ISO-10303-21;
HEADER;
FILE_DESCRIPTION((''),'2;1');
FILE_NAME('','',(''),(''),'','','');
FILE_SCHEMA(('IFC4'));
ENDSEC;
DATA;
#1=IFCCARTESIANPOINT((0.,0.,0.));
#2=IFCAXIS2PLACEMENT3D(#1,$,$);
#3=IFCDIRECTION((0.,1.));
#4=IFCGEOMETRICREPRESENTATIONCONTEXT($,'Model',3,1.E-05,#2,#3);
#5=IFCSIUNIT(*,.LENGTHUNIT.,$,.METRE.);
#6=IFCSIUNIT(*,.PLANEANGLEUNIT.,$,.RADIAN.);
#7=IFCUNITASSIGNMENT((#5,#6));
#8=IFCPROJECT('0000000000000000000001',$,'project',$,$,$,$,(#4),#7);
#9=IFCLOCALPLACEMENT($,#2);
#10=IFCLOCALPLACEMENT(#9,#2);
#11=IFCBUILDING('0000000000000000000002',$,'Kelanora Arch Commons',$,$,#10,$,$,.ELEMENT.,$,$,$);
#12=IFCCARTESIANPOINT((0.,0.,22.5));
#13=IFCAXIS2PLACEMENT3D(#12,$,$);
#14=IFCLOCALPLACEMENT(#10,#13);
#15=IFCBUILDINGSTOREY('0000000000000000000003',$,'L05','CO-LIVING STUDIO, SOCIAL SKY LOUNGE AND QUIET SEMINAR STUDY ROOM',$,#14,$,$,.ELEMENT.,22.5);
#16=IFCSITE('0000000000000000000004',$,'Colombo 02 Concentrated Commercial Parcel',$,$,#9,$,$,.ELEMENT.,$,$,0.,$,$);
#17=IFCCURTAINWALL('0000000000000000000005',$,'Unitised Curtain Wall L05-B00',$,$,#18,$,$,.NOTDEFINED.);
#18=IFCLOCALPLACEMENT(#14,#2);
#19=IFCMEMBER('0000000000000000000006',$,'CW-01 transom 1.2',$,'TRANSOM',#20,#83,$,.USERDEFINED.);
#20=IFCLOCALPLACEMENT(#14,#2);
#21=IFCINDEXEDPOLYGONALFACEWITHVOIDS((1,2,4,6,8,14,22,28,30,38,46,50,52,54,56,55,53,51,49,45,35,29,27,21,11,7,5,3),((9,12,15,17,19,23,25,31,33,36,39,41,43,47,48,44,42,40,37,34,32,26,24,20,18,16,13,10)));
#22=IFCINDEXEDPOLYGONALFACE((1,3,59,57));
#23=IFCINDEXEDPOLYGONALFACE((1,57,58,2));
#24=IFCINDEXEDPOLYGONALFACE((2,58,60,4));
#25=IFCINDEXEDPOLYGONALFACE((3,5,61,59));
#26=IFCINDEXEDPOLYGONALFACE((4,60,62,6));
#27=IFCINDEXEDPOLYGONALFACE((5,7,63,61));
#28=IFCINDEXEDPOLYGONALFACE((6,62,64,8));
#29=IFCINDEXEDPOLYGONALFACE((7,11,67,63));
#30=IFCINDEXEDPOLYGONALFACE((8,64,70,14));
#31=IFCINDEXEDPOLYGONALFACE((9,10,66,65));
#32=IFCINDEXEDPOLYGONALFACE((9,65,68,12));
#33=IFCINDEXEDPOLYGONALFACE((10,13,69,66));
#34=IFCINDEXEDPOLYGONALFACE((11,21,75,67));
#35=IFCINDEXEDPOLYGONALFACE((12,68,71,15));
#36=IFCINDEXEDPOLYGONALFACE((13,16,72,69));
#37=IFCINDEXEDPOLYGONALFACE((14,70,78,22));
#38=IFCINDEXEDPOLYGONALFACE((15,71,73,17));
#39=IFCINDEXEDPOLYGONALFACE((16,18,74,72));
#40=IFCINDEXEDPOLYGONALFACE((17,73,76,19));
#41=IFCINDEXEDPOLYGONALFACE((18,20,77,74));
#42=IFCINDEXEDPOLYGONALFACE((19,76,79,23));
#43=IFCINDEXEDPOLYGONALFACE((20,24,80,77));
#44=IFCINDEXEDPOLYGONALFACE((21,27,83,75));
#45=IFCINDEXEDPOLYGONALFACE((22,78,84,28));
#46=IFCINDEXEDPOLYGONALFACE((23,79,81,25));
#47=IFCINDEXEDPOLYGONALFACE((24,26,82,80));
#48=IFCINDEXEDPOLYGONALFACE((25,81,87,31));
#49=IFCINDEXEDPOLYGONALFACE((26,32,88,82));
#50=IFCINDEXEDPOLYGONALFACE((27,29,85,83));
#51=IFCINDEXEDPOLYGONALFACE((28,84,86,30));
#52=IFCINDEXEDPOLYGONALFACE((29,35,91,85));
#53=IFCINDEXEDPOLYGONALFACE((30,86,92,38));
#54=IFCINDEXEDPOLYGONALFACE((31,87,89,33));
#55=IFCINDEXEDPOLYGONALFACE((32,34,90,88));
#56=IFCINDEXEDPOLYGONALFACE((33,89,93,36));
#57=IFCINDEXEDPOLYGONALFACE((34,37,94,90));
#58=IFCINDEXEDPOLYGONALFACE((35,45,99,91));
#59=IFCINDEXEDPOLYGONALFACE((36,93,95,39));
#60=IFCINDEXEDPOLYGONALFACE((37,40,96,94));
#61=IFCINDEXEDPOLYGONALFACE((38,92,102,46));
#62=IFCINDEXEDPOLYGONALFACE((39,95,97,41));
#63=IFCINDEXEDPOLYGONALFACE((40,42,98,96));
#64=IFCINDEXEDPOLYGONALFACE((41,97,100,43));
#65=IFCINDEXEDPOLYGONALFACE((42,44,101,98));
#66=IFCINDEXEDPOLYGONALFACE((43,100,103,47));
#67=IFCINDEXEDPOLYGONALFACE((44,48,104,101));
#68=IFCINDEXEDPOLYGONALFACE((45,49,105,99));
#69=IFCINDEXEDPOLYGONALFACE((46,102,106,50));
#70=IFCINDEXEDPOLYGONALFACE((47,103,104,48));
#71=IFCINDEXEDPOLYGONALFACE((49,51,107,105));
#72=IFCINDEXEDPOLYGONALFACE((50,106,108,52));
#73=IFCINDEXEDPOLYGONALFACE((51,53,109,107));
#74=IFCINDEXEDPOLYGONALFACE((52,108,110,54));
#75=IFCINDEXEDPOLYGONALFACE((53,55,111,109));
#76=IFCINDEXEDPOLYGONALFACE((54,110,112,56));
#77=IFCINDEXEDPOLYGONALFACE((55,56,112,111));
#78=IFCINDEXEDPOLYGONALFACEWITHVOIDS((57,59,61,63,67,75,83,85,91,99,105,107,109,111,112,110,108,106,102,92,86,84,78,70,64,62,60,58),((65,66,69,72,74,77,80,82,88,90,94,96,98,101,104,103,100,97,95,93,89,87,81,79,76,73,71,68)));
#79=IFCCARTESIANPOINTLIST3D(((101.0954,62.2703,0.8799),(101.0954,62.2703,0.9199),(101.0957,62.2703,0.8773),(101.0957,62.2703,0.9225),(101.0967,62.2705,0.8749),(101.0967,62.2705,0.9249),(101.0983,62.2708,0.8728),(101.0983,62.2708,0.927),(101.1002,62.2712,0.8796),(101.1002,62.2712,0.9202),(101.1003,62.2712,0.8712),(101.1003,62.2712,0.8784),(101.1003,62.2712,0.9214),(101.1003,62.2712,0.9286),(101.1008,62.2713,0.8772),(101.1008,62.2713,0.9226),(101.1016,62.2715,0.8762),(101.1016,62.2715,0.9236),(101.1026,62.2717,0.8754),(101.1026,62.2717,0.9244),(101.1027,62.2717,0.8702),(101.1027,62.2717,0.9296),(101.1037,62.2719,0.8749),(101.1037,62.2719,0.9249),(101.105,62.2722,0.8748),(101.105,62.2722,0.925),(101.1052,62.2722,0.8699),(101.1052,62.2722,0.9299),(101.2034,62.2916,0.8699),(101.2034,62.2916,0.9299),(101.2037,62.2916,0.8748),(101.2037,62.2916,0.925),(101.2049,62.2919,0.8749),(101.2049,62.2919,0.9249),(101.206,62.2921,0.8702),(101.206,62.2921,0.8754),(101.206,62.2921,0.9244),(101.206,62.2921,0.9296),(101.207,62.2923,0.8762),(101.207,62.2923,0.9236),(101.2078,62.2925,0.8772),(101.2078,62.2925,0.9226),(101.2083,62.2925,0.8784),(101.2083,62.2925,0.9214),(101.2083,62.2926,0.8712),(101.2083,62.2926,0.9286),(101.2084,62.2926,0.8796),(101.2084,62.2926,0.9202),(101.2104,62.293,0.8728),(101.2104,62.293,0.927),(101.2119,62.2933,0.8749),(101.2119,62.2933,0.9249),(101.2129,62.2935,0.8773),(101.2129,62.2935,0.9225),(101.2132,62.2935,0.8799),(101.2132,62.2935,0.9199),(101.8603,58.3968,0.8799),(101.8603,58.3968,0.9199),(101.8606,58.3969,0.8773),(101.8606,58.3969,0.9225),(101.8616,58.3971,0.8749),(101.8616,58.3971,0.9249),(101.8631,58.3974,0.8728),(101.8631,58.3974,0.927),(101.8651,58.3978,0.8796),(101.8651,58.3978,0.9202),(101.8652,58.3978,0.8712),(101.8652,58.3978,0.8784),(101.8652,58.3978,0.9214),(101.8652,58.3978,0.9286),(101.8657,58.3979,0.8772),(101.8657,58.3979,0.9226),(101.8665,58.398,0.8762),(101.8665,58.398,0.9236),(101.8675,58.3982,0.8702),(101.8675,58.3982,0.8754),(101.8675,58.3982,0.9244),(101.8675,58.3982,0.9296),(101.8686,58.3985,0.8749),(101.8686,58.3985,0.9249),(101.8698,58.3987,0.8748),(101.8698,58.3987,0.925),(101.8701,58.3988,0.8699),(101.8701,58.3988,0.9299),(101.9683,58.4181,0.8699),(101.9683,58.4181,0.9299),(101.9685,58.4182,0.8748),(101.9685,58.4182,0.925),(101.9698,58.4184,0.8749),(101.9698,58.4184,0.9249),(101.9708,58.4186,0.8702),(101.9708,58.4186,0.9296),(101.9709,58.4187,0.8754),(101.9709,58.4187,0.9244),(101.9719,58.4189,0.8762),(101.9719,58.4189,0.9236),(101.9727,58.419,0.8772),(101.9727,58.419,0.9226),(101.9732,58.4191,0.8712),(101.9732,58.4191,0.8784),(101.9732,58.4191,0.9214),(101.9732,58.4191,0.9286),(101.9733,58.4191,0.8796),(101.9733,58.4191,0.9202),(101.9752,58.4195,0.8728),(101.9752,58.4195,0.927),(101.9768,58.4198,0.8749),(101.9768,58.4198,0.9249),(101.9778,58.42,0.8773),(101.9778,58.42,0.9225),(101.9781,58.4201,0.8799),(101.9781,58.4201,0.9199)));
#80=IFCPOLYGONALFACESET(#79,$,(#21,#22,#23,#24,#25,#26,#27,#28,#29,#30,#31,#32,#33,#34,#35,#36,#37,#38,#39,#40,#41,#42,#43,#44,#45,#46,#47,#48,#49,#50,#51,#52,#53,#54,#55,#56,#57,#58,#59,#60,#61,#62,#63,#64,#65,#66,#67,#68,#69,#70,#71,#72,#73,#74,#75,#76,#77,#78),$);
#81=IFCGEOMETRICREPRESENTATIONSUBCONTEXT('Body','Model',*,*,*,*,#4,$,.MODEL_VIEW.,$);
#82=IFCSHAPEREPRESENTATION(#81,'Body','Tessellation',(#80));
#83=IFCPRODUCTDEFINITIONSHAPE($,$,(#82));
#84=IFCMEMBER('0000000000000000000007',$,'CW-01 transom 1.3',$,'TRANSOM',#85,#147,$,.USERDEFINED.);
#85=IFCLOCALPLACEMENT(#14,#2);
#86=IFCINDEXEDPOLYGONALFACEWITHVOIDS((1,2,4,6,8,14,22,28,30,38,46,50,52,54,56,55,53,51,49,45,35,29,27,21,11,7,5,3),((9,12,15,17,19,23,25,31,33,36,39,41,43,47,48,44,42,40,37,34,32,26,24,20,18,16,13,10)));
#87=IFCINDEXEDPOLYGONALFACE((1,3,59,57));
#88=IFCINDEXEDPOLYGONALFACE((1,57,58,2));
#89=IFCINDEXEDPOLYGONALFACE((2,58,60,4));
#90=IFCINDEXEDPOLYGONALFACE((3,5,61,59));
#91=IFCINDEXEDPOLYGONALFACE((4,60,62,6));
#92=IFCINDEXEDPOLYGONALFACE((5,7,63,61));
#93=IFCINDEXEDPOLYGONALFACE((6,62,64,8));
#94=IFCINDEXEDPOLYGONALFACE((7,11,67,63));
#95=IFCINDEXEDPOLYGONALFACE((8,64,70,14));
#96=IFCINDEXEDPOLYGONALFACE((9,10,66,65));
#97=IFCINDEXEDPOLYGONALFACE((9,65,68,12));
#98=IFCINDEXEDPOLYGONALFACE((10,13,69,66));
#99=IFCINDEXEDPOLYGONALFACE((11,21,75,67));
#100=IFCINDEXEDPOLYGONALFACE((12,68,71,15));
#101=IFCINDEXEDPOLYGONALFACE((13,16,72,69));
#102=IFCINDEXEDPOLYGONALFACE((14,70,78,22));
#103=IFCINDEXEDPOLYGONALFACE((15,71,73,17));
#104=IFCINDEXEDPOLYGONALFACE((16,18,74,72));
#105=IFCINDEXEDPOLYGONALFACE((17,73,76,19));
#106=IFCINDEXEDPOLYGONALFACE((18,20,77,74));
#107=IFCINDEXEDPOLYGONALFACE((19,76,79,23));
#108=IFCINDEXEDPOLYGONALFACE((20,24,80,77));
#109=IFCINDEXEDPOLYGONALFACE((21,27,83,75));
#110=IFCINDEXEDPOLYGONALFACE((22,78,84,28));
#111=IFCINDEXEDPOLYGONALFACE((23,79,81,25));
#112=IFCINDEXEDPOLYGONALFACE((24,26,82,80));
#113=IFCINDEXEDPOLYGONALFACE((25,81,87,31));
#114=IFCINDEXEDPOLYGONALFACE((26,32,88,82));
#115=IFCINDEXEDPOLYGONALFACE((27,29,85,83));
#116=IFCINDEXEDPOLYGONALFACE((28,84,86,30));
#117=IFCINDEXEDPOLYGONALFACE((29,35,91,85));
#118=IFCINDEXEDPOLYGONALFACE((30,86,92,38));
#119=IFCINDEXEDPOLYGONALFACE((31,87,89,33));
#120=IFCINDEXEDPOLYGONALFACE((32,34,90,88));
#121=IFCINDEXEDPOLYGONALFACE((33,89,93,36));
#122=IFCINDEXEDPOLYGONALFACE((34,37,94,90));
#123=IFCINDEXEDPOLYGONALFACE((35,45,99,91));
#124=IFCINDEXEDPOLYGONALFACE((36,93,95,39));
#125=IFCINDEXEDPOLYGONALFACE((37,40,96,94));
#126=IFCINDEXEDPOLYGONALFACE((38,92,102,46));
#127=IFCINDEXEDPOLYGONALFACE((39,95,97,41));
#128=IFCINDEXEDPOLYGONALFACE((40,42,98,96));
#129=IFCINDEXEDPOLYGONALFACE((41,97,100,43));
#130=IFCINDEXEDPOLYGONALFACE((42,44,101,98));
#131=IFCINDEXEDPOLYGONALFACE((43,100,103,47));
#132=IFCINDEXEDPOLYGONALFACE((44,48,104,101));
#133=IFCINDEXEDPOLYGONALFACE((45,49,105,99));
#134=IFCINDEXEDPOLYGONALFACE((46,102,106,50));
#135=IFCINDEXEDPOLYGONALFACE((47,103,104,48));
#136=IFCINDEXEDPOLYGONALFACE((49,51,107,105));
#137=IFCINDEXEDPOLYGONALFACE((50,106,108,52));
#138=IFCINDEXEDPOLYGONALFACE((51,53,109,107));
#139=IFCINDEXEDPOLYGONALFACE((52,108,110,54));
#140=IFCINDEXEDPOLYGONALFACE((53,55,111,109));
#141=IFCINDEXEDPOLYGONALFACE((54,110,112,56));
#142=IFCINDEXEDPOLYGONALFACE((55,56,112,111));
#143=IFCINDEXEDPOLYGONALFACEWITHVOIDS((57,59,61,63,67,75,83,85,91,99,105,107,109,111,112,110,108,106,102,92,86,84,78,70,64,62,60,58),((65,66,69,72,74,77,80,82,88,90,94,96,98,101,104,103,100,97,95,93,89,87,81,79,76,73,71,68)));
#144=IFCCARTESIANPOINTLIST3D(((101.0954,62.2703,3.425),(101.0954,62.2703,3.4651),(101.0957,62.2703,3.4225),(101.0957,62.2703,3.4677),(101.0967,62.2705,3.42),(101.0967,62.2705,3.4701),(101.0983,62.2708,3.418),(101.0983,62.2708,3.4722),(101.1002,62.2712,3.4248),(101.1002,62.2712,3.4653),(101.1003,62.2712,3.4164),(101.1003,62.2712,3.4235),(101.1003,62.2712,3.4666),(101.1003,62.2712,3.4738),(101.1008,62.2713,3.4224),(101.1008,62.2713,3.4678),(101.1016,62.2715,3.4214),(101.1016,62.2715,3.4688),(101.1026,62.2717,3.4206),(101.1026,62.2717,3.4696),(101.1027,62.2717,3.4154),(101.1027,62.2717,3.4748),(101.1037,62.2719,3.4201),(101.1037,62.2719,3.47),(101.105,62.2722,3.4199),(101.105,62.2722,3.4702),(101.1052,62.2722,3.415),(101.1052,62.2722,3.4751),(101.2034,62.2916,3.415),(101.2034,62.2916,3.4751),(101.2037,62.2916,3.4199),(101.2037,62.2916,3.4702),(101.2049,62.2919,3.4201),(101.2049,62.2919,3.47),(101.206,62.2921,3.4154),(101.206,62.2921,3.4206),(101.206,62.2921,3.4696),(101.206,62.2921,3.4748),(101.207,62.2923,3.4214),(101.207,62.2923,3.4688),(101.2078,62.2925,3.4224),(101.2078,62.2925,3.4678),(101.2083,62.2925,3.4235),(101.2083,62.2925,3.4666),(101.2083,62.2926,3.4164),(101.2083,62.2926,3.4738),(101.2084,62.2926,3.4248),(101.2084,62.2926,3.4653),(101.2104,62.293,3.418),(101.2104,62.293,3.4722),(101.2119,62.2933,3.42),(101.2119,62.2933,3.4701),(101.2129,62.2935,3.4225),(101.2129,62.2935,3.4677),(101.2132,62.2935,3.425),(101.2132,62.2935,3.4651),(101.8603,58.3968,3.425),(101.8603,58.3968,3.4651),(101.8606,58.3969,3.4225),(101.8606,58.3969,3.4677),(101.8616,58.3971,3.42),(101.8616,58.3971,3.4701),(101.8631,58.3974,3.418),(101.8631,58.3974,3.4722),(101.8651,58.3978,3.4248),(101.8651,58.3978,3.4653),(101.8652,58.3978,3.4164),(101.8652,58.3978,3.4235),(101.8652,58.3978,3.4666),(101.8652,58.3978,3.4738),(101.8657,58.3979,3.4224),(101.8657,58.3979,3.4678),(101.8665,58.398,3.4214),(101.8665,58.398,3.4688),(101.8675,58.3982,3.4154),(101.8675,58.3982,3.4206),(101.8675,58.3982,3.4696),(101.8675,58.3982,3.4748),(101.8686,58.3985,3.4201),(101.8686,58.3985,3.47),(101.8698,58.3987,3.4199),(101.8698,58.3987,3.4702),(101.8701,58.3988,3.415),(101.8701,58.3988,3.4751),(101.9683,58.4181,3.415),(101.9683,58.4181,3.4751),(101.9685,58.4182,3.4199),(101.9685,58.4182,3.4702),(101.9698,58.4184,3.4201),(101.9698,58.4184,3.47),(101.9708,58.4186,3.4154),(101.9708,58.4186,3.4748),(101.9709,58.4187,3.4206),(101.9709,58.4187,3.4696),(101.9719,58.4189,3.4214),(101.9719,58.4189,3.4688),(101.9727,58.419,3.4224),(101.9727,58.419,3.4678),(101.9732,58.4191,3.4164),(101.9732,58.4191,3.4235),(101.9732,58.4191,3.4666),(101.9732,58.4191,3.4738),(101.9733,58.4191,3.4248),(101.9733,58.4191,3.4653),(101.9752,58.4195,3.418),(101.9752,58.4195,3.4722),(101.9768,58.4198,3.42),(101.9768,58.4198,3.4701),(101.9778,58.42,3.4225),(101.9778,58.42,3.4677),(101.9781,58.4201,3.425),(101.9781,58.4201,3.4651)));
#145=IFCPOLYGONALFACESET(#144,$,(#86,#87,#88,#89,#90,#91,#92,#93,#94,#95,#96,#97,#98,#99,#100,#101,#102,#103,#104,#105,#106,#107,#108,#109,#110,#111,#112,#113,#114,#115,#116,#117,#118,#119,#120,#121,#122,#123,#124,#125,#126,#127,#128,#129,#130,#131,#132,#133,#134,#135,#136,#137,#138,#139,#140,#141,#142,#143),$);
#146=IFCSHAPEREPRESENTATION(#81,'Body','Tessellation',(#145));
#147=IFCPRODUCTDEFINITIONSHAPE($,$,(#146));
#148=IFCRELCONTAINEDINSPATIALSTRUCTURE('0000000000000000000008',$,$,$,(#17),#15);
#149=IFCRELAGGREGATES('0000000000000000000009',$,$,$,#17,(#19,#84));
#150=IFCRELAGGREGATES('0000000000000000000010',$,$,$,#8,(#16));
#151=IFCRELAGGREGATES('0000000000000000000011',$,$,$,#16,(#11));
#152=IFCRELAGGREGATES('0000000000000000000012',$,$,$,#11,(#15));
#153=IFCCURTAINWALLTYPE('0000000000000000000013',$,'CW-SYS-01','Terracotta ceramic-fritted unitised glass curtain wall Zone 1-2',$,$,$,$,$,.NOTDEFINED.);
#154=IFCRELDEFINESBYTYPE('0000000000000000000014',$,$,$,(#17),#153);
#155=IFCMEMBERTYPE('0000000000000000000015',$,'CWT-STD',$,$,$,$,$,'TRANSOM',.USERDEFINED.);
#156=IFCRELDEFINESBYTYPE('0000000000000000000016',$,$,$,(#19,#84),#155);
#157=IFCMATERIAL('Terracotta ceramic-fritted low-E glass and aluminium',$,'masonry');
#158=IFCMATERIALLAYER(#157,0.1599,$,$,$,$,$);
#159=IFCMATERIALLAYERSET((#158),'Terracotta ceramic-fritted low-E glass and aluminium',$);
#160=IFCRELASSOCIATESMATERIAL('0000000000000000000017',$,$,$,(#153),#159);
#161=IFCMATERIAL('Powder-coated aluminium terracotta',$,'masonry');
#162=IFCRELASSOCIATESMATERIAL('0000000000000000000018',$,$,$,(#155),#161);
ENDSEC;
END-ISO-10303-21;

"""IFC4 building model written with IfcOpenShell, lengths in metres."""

from ifc_helpers import new_model, si_unit, direction, frame, origin, origin_2d, place, context, subcontext, project, spatial, hollow_rectangle, extrude, material, layer, layer_set, material_profile, profile_set, type_object, element, aggregate, save


model = new_model("IFC4")

# Units and contexts
model_context = context("Model", 3, precision=1e-05, world=origin(), true_north=direction((0.0, 1.0)))
body_context = subcontext(model_context, "Body", "Model", "MODEL_VIEW")
ifc_project = project(units=[si_unit("LENGTHUNIT", "METRE"), si_unit("PLANEANGLEUNIT", "RADIAN")], contexts=[model_context])

# Site, building, storey
site_placement = place(None, origin())
site = spatial("IfcSite", under=ifc_project, at=site_placement, Name="Colombo 02 Concentrated Commercial Parcel", CompositionType="ELEMENT", RefElevation=0.0)
building_placement = place(site_placement, origin())
building = spatial("IfcBuilding", under=site, at=building_placement, Name="Kelanora Arch Commons", CompositionType="ELEMENT")
storey_placement = place(building_placement, frame((0.0, 0.0, 22.5)))
storey = spatial("IfcBuildingStorey", under=building, at=storey_placement, Name="L05", Description="CO-LIVING STUDIO, SOCIAL SKY LOUNGE AND QUIET SEMINAR STUDY ROOM", CompositionType="ELEMENT", Elevation=22.5)

# Curtain wall, members
ifc_material_1 = material(Name="Terracotta ceramic-fritted low-E glass and aluminium", Category="masonry")
ifc_layer_1 = layer(ifc_material_1, 0.1599)
ifc_layer_set_1 = layer_set([ifc_layer_1], Name="Terracotta ceramic-fritted low-E glass and aluminium")
curtain_wall_type = type_object("IfcCurtainWallType", Name="CW-SYS-01", Description="Terracotta ceramic-fritted unitised glass curtain wall Zone 1-2", PredefinedType="NOTDEFINED", material=ifc_layer_set_1)
curtain_wall_placement = place(storey_placement, origin())
curtain_wall = element("IfcCurtainWall", 1, at=curtain_wall_placement, inside=storey, type_object=curtain_wall_type, Name="Unitised Curtain Wall L05-B00", PredefinedType="NOTDEFINED")
ifc_material_2 = material(Name="Powder-coated aluminium terracotta", Category="masonry")
ifc_material_profile_1 = material_profile(ifc_material_2, hollow_rectangle(XDim=0.1201, YDim=0.0601, WallThickness=0.0049, InnerFilletRadius=0.0049, OuterFilletRadius=0.01, at=origin_2d()), Name="CWT120x60")
ifc_profile_set_1 = profile_set([ifc_material_profile_1], Name="Powder-coated aluminium terracotta")
member_type_1 = type_object("IfcMemberType", Name="CWT-STD", ElementType="TRANSOM", PredefinedType="USERDEFINED", material=ifc_profile_set_1)
member_1_placement = place(storey_placement, frame((101.9192, 58.4084, 0.8999), z_axis=(-0.193725, 0.981056, 0.0), x_axis=(-0.981056, -0.193725, 0.0)))
member_1 = element("IfcMember", 2, at=member_1_placement, type_object=member_type_1, Name="CW-01 transom 1.2", ObjectType="TRANSOM", PredefinedType="USERDEFINED", context=body_context, shape_type="SweptSolid", body=[
    extrude(hollow_rectangle(XDim=0.1201, YDim=0.0601, WallThickness=0.0049, InnerFilletRadius=0.0049, OuterFilletRadius=0.01, at=origin_2d()), origin(), (0.0, 0.0, 1.0), 3.9482),
])
member_2_placement = place(storey_placement, frame((101.9192, 58.4084, 3.4451), z_axis=(-0.193725, 0.981056, 0.0), x_axis=(-0.981056, -0.193725, 0.0)))
member_2 = element("IfcMember", 3, at=member_2_placement, type_object=member_type_1, Name="CW-01 transom 1.3", ObjectType="TRANSOM", PredefinedType="USERDEFINED", context=body_context, shape_type="SweptSolid", body=[
    extrude(hollow_rectangle(XDim=0.1201, YDim=0.0601, WallThickness=0.0049, InnerFilletRadius=0.0049, OuterFilletRadius=0.01, at=origin_2d()), origin(), (0.0, 0.0, 1.0), 3.9482),
])
aggregate(curtain_wall, [member_1, member_2])

save(model, "model.ifc")
